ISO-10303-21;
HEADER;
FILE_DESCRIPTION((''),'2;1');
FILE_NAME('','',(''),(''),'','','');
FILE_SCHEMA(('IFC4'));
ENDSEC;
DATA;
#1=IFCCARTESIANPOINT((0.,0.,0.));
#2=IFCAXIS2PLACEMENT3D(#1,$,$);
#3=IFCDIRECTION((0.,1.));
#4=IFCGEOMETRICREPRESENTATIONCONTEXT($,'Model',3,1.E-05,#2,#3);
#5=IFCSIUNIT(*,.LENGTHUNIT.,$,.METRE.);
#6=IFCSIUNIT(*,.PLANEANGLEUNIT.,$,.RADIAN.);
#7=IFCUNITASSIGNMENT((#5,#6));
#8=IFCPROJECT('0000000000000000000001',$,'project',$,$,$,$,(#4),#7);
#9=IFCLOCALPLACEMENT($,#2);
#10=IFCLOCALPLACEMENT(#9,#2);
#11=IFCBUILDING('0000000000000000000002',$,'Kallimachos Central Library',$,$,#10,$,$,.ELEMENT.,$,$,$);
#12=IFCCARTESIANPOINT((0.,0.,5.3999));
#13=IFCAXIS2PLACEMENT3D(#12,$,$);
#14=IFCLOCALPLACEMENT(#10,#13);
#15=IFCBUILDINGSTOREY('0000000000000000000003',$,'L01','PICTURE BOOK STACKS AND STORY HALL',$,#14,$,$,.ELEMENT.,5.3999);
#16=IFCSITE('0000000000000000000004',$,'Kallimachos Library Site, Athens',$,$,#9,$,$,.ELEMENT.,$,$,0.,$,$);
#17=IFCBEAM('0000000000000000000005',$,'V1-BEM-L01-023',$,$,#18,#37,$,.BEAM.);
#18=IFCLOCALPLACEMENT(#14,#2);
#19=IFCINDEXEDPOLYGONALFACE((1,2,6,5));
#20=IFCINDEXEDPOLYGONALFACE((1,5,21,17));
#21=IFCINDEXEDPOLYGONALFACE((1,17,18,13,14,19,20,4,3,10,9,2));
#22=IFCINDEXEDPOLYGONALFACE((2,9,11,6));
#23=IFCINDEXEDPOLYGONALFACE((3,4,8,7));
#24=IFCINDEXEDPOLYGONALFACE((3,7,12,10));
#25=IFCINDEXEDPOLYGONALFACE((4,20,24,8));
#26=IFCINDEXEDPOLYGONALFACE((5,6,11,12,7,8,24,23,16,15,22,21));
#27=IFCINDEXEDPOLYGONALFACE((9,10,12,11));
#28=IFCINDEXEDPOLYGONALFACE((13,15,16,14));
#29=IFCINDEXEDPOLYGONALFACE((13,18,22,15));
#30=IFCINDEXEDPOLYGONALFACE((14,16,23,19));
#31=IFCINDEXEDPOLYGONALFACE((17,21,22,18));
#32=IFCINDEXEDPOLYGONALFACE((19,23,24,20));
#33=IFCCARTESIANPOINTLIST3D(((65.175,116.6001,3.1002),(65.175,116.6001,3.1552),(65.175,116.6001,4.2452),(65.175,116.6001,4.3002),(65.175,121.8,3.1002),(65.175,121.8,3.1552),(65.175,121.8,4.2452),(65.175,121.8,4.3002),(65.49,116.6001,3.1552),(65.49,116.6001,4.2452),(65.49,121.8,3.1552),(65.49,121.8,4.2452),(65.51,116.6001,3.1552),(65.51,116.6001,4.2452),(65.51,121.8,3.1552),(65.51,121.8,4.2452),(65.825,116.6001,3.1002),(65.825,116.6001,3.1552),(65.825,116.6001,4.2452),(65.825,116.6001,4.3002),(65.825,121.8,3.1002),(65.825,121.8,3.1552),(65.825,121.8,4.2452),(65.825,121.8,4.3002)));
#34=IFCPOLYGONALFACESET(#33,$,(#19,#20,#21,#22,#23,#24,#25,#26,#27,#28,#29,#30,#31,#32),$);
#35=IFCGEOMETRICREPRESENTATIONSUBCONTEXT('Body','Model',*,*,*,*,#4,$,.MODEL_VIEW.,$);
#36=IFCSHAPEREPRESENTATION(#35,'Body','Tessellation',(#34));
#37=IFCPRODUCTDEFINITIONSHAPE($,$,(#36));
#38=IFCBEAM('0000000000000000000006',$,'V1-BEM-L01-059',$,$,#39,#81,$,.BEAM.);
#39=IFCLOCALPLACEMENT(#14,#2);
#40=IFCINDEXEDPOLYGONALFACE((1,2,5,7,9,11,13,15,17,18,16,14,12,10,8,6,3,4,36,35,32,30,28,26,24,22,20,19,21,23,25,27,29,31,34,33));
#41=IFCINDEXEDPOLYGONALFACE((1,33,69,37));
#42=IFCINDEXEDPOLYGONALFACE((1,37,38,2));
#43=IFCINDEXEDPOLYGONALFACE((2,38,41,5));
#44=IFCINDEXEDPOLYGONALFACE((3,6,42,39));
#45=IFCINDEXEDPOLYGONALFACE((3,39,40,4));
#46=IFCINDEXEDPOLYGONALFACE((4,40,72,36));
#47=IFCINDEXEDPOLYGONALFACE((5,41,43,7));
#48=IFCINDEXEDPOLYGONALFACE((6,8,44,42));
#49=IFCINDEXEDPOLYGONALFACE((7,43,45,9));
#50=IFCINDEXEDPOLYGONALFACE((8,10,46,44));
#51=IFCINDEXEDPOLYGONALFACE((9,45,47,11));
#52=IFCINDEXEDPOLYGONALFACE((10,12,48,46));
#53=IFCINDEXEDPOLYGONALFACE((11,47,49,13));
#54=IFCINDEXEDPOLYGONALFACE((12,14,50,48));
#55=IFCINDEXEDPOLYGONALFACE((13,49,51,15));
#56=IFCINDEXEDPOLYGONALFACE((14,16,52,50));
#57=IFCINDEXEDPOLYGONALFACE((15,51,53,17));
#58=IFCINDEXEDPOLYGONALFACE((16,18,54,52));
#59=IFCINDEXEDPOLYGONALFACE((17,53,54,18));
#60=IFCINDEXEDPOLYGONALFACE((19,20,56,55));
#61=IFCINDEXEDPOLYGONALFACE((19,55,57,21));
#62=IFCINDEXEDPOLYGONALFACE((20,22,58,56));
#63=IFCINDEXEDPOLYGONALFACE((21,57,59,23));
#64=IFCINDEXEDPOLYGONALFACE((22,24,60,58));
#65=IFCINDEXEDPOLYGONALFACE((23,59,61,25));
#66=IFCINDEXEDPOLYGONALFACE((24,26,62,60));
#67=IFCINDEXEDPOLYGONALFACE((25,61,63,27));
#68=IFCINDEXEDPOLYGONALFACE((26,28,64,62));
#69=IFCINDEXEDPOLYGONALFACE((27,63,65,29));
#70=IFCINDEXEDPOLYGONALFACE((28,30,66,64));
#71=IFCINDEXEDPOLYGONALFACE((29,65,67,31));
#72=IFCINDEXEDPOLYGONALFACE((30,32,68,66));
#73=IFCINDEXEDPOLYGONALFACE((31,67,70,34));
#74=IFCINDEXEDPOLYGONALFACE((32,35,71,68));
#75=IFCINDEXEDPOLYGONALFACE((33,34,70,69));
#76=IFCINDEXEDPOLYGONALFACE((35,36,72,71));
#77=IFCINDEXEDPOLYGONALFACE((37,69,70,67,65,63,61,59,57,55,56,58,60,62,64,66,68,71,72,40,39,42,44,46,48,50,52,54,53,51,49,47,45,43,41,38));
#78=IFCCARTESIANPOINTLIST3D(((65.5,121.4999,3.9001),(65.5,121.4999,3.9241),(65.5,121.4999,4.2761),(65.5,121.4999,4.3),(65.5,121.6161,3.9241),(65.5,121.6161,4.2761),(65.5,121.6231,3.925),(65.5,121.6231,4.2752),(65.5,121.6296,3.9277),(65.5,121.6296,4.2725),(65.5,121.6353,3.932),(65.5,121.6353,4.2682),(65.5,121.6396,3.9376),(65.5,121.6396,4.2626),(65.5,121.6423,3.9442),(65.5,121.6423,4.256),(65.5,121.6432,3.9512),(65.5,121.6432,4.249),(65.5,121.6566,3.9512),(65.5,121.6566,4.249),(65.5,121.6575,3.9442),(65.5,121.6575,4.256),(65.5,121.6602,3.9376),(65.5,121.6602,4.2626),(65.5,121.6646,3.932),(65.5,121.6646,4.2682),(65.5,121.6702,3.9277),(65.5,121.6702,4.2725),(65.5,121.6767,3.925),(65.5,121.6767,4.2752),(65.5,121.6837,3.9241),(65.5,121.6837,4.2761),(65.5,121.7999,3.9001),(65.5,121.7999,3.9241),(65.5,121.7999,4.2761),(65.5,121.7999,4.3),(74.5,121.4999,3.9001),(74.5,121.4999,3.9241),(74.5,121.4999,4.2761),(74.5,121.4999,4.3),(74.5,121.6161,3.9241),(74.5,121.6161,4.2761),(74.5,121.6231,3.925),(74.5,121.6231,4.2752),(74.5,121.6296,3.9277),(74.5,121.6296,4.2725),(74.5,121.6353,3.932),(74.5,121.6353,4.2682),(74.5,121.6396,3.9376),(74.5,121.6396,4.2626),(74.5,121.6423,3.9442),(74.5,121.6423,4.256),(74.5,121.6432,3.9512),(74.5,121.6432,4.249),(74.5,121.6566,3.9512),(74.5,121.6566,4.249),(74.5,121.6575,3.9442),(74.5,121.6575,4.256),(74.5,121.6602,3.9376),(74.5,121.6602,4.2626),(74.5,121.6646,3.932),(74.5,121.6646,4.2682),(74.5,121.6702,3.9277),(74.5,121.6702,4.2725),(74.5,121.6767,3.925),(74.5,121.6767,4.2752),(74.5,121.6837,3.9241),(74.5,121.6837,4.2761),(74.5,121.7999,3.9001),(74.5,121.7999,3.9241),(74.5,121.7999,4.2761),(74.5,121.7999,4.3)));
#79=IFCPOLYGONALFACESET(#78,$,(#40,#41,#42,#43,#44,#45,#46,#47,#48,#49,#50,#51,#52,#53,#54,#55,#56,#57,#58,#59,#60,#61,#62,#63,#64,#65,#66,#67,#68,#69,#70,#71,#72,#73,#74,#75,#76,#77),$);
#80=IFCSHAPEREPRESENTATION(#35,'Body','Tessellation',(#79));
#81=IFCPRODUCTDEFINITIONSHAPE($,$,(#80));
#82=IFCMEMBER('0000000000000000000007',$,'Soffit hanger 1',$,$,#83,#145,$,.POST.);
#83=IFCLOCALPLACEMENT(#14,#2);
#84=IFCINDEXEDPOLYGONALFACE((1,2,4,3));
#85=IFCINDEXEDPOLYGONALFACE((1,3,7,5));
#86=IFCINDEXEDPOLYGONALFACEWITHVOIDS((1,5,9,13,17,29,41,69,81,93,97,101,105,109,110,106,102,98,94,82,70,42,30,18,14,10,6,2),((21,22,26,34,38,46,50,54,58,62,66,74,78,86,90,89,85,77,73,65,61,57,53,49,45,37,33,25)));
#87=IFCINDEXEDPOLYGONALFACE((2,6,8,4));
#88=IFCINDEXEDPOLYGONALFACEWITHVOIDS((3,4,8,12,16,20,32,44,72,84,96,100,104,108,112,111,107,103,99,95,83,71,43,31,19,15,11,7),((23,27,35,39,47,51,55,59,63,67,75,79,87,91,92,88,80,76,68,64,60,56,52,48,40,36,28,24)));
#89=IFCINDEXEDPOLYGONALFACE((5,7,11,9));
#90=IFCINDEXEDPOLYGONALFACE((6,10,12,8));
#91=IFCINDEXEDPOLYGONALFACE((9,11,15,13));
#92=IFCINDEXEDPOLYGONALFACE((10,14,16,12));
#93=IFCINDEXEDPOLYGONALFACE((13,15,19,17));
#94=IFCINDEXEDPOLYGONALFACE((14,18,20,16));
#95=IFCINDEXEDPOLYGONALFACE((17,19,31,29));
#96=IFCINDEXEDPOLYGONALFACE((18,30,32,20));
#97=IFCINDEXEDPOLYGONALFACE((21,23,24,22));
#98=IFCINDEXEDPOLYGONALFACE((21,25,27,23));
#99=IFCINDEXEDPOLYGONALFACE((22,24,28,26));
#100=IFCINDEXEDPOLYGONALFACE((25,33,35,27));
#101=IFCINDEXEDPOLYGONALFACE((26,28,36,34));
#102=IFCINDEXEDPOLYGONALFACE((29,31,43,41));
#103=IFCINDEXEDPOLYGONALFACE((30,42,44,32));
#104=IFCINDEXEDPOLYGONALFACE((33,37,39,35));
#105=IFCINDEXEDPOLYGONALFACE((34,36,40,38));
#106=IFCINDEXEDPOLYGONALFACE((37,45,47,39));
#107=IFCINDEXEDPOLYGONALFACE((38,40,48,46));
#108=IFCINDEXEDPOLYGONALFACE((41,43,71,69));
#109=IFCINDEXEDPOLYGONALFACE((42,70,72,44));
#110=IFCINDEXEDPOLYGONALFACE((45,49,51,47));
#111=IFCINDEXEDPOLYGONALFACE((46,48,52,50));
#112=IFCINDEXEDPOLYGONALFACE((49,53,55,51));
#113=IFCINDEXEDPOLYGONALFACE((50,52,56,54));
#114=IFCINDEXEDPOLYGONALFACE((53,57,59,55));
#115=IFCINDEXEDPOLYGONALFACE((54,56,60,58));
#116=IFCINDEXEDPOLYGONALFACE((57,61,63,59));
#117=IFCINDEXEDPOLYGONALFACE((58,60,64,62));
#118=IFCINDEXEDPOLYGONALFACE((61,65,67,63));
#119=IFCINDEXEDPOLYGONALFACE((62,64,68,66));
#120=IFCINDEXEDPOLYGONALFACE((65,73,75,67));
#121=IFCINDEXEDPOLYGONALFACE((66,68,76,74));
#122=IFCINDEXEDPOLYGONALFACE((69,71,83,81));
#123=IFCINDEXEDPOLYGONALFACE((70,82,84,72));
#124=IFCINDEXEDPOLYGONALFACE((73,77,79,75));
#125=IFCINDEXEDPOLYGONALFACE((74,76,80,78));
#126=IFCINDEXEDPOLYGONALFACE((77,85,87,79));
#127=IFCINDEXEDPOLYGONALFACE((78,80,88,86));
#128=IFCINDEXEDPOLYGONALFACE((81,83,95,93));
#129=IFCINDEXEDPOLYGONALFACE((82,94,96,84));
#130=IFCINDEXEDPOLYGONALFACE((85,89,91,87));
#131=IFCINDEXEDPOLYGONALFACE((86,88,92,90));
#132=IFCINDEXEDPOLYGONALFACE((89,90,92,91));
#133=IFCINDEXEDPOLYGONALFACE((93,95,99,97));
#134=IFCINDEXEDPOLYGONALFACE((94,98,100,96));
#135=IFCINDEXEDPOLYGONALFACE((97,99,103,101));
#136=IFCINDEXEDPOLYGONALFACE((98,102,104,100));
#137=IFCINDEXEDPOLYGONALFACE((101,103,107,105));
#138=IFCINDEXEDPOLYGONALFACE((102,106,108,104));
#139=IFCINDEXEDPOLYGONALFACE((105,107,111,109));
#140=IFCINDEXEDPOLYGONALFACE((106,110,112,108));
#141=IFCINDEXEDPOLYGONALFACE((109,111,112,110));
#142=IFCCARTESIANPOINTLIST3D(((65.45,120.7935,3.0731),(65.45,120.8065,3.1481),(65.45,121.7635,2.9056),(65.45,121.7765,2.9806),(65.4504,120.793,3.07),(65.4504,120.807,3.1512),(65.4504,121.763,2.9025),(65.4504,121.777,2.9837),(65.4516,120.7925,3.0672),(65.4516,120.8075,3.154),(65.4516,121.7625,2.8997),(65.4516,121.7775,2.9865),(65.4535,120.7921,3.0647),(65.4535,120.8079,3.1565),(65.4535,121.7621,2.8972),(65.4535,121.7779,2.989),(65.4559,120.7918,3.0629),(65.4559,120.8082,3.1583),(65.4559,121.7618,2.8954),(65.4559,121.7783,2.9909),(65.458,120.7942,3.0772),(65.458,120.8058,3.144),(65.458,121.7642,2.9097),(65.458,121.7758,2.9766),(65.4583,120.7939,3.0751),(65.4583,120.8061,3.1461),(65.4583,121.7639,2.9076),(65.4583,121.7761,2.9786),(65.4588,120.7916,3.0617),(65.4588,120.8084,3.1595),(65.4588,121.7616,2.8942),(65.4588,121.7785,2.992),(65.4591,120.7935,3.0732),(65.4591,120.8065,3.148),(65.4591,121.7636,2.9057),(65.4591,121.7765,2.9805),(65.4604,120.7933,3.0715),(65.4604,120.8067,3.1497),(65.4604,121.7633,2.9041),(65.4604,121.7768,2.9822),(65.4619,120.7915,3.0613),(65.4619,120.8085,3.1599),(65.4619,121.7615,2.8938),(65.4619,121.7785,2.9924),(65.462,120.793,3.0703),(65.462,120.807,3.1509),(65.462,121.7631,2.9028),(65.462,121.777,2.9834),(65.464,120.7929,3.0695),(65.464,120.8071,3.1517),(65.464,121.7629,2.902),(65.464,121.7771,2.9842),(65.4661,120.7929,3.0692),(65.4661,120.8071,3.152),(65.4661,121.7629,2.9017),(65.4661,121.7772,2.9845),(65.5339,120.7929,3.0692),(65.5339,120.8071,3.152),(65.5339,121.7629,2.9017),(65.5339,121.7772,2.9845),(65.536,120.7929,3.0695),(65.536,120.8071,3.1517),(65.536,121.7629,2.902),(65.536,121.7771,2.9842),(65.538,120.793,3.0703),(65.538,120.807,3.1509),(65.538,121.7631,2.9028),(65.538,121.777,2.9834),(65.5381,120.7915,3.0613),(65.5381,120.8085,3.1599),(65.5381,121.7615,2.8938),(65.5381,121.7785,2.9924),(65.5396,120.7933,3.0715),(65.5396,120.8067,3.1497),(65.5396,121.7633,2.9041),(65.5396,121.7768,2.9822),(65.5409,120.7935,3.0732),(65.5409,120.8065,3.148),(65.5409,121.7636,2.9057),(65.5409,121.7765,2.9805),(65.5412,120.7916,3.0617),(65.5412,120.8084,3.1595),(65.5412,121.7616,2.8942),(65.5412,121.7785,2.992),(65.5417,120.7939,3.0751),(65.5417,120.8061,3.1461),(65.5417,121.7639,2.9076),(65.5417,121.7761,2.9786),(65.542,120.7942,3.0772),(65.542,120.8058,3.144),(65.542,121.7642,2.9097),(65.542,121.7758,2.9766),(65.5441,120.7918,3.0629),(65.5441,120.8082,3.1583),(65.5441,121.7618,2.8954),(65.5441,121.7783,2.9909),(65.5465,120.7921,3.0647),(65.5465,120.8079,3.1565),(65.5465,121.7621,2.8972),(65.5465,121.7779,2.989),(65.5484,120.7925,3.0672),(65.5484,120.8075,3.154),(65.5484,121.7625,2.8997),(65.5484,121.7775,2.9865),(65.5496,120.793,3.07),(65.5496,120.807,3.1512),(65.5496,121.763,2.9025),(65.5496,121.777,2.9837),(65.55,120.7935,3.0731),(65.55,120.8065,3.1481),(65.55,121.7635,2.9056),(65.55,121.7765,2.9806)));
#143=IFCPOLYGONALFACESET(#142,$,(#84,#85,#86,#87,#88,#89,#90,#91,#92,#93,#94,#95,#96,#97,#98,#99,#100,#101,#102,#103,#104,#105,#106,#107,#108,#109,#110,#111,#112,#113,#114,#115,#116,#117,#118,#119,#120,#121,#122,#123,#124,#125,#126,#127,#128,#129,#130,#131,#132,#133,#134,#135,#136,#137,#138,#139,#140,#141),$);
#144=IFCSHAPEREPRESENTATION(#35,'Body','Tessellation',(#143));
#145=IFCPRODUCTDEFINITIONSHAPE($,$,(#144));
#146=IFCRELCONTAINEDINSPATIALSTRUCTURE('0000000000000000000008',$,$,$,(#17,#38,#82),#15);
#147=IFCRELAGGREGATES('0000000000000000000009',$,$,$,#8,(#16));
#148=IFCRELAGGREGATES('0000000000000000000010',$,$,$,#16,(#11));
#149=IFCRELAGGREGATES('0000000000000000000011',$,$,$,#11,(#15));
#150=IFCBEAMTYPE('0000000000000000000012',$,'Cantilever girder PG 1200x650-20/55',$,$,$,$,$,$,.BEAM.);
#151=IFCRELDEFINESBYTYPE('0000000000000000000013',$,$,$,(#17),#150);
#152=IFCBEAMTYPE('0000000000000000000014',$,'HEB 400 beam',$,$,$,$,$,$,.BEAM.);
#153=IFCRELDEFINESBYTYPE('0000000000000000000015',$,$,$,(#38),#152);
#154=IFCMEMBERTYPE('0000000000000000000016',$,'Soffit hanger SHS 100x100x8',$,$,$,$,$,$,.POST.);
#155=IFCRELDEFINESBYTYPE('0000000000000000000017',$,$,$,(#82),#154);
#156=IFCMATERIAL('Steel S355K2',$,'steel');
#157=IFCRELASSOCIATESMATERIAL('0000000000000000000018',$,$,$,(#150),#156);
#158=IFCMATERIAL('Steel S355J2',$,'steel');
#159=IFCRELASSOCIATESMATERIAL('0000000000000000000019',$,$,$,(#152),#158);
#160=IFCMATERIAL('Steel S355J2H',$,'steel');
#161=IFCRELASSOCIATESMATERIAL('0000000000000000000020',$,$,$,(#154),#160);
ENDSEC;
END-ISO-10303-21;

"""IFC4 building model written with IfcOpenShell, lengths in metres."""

from ifc_helpers import new_model, si_unit, direction, frame, origin, origin_2d, place, context, subcontext, project, spatial, hollow_rectangle, i_section, extrude, material, material_profile, profile_set, type_object, element, save


model = new_model("IFC4")

# Units and contexts
model_context = context("Model", 3, precision=1e-05, world=origin(), true_north=direction((0.0, 1.0)))
body_context = subcontext(model_context, "Body", "Model", "MODEL_VIEW")
ifc_project = project(units=[si_unit("LENGTHUNIT", "METRE"), si_unit("PLANEANGLEUNIT", "RADIAN")], contexts=[model_context])

# Site, building, storey
site_placement = place(None, origin())
site = spatial("IfcSite", under=ifc_project, at=site_placement, Name="Kallimachos Library Site, Athens", CompositionType="ELEMENT", RefElevation=0.0)
building_placement = place(site_placement, origin())
building = spatial("IfcBuilding", under=site, at=building_placement, Name="Kallimachos Central Library", CompositionType="ELEMENT")
storey_placement = place(building_placement, frame((0.0, 0.0, 5.3999)))
storey = spatial("IfcBuildingStorey", under=building, at=storey_placement, Name="L01", Description="PICTURE BOOK STACKS AND STORY HALL", CompositionType="ELEMENT", Elevation=5.3999)

# Beams
ifc_material_1 = material(Name="Steel S355K2", Category="steel")
ifc_material_profile_1 = material_profile(ifc_material_1, i_section(OverallWidth=0.6499, OverallDepth=1.2, WebThickness=0.02, FlangeThickness=0.0549, at=origin_2d()), Name="PG 1200x650-20/55")
ifc_profile_set_1 = profile_set([ifc_material_profile_1], Name="Steel S355K2")
beam_type_1 = type_object("IfcBeamType", Name="Cantilever girder PG 1200x650-20/55", PredefinedType="BEAM", material=ifc_profile_set_1)
beam_1_placement = place(storey_placement, frame((65.5, 116.6001, 3.7002), z_axis=(0.0, 1.0, 0.0), x_axis=(-1.0, 0.0, 0.0)))
element("IfcBeam", 1, at=beam_1_placement, inside=storey, type_object=beam_type_1, Name="V1-BEM-L01-023", PredefinedType="BEAM", context=body_context, shape_type="SweptSolid", body=[
    extrude(i_section(OverallWidth=0.6499, OverallDepth=1.2, WebThickness=0.02, FlangeThickness=0.0549, at=origin_2d()), origin(), (0.0, 0.0, 1.0), 5.2),
])
ifc_material_2 = material(Name="Steel S355J2", Category="steel")
ifc_material_profile_2 = material_profile(ifc_material_2, i_section(OverallWidth=0.3, OverallDepth=0.3999, WebThickness=0.0134, FlangeThickness=0.0239, FilletRadius=0.0271, at=origin_2d()), Name="HEB 400")
ifc_profile_set_2 = profile_set([ifc_material_profile_2], Name="Steel S355J2")
beam_type_2 = type_object("IfcBeamType", Name="HEB 400 beam", PredefinedType="BEAM", material=ifc_profile_set_2)
beam_2_placement = place(storey_placement, frame((65.5, 121.6499, 4.1001), z_axis=(1.0, 0.0, 0.0), x_axis=(0.0, 1.0, 0.0)))
element("IfcBeam", 2, at=beam_2_placement, inside=storey, type_object=beam_type_2, Name="V1-BEM-L01-059", PredefinedType="BEAM", context=body_context, shape_type="SweptSolid", body=[
    extrude(i_section(OverallWidth=0.3, OverallDepth=0.3999, WebThickness=0.0134, FlangeThickness=0.0239, FilletRadius=0.0271, at=origin_2d()), origin(), (0.0, 0.0, 1.0), 9.0),
])

# Member
ifc_material_3 = material(Name="Steel S355J2H", Category="steel")
ifc_material_profile_3 = material_profile(ifc_material_3, hollow_rectangle(XDim=0.1001, YDim=0.1001, WallThickness=0.0081, InnerFilletRadius=0.0081, OuterFilletRadius=0.012, at=origin_2d()), Name="SHS 100x100x8")
ifc_profile_set_3 = profile_set([ifc_material_profile_3], Name="Steel S355J2H")
member_type_1 = type_object("IfcMemberType", Name="Soffit hanger SHS 100x100x8", PredefinedType="POST", material=ifc_profile_set_3)
member_1_placement = place(storey_placement, frame((65.5, 121.77, 2.9431), z_axis=(0.0, -0.985419, 0.170148), x_axis=(1.0, 0.0, 0.0)))
element("IfcMember", 3, at=member_1_placement, inside=storey, type_object=member_type_1, Name="Soffit hanger 1", PredefinedType="POST", context=body_context, shape_type="SweptSolid", body=[
    extrude(hollow_rectangle(XDim=0.1001, YDim=0.1001, WallThickness=0.0081, InnerFilletRadius=0.0081, OuterFilletRadius=0.012, at=origin_2d()), origin(), (0.0, 0.0, 1.0), 0.9844),
])

save(model, "model.ifc")
